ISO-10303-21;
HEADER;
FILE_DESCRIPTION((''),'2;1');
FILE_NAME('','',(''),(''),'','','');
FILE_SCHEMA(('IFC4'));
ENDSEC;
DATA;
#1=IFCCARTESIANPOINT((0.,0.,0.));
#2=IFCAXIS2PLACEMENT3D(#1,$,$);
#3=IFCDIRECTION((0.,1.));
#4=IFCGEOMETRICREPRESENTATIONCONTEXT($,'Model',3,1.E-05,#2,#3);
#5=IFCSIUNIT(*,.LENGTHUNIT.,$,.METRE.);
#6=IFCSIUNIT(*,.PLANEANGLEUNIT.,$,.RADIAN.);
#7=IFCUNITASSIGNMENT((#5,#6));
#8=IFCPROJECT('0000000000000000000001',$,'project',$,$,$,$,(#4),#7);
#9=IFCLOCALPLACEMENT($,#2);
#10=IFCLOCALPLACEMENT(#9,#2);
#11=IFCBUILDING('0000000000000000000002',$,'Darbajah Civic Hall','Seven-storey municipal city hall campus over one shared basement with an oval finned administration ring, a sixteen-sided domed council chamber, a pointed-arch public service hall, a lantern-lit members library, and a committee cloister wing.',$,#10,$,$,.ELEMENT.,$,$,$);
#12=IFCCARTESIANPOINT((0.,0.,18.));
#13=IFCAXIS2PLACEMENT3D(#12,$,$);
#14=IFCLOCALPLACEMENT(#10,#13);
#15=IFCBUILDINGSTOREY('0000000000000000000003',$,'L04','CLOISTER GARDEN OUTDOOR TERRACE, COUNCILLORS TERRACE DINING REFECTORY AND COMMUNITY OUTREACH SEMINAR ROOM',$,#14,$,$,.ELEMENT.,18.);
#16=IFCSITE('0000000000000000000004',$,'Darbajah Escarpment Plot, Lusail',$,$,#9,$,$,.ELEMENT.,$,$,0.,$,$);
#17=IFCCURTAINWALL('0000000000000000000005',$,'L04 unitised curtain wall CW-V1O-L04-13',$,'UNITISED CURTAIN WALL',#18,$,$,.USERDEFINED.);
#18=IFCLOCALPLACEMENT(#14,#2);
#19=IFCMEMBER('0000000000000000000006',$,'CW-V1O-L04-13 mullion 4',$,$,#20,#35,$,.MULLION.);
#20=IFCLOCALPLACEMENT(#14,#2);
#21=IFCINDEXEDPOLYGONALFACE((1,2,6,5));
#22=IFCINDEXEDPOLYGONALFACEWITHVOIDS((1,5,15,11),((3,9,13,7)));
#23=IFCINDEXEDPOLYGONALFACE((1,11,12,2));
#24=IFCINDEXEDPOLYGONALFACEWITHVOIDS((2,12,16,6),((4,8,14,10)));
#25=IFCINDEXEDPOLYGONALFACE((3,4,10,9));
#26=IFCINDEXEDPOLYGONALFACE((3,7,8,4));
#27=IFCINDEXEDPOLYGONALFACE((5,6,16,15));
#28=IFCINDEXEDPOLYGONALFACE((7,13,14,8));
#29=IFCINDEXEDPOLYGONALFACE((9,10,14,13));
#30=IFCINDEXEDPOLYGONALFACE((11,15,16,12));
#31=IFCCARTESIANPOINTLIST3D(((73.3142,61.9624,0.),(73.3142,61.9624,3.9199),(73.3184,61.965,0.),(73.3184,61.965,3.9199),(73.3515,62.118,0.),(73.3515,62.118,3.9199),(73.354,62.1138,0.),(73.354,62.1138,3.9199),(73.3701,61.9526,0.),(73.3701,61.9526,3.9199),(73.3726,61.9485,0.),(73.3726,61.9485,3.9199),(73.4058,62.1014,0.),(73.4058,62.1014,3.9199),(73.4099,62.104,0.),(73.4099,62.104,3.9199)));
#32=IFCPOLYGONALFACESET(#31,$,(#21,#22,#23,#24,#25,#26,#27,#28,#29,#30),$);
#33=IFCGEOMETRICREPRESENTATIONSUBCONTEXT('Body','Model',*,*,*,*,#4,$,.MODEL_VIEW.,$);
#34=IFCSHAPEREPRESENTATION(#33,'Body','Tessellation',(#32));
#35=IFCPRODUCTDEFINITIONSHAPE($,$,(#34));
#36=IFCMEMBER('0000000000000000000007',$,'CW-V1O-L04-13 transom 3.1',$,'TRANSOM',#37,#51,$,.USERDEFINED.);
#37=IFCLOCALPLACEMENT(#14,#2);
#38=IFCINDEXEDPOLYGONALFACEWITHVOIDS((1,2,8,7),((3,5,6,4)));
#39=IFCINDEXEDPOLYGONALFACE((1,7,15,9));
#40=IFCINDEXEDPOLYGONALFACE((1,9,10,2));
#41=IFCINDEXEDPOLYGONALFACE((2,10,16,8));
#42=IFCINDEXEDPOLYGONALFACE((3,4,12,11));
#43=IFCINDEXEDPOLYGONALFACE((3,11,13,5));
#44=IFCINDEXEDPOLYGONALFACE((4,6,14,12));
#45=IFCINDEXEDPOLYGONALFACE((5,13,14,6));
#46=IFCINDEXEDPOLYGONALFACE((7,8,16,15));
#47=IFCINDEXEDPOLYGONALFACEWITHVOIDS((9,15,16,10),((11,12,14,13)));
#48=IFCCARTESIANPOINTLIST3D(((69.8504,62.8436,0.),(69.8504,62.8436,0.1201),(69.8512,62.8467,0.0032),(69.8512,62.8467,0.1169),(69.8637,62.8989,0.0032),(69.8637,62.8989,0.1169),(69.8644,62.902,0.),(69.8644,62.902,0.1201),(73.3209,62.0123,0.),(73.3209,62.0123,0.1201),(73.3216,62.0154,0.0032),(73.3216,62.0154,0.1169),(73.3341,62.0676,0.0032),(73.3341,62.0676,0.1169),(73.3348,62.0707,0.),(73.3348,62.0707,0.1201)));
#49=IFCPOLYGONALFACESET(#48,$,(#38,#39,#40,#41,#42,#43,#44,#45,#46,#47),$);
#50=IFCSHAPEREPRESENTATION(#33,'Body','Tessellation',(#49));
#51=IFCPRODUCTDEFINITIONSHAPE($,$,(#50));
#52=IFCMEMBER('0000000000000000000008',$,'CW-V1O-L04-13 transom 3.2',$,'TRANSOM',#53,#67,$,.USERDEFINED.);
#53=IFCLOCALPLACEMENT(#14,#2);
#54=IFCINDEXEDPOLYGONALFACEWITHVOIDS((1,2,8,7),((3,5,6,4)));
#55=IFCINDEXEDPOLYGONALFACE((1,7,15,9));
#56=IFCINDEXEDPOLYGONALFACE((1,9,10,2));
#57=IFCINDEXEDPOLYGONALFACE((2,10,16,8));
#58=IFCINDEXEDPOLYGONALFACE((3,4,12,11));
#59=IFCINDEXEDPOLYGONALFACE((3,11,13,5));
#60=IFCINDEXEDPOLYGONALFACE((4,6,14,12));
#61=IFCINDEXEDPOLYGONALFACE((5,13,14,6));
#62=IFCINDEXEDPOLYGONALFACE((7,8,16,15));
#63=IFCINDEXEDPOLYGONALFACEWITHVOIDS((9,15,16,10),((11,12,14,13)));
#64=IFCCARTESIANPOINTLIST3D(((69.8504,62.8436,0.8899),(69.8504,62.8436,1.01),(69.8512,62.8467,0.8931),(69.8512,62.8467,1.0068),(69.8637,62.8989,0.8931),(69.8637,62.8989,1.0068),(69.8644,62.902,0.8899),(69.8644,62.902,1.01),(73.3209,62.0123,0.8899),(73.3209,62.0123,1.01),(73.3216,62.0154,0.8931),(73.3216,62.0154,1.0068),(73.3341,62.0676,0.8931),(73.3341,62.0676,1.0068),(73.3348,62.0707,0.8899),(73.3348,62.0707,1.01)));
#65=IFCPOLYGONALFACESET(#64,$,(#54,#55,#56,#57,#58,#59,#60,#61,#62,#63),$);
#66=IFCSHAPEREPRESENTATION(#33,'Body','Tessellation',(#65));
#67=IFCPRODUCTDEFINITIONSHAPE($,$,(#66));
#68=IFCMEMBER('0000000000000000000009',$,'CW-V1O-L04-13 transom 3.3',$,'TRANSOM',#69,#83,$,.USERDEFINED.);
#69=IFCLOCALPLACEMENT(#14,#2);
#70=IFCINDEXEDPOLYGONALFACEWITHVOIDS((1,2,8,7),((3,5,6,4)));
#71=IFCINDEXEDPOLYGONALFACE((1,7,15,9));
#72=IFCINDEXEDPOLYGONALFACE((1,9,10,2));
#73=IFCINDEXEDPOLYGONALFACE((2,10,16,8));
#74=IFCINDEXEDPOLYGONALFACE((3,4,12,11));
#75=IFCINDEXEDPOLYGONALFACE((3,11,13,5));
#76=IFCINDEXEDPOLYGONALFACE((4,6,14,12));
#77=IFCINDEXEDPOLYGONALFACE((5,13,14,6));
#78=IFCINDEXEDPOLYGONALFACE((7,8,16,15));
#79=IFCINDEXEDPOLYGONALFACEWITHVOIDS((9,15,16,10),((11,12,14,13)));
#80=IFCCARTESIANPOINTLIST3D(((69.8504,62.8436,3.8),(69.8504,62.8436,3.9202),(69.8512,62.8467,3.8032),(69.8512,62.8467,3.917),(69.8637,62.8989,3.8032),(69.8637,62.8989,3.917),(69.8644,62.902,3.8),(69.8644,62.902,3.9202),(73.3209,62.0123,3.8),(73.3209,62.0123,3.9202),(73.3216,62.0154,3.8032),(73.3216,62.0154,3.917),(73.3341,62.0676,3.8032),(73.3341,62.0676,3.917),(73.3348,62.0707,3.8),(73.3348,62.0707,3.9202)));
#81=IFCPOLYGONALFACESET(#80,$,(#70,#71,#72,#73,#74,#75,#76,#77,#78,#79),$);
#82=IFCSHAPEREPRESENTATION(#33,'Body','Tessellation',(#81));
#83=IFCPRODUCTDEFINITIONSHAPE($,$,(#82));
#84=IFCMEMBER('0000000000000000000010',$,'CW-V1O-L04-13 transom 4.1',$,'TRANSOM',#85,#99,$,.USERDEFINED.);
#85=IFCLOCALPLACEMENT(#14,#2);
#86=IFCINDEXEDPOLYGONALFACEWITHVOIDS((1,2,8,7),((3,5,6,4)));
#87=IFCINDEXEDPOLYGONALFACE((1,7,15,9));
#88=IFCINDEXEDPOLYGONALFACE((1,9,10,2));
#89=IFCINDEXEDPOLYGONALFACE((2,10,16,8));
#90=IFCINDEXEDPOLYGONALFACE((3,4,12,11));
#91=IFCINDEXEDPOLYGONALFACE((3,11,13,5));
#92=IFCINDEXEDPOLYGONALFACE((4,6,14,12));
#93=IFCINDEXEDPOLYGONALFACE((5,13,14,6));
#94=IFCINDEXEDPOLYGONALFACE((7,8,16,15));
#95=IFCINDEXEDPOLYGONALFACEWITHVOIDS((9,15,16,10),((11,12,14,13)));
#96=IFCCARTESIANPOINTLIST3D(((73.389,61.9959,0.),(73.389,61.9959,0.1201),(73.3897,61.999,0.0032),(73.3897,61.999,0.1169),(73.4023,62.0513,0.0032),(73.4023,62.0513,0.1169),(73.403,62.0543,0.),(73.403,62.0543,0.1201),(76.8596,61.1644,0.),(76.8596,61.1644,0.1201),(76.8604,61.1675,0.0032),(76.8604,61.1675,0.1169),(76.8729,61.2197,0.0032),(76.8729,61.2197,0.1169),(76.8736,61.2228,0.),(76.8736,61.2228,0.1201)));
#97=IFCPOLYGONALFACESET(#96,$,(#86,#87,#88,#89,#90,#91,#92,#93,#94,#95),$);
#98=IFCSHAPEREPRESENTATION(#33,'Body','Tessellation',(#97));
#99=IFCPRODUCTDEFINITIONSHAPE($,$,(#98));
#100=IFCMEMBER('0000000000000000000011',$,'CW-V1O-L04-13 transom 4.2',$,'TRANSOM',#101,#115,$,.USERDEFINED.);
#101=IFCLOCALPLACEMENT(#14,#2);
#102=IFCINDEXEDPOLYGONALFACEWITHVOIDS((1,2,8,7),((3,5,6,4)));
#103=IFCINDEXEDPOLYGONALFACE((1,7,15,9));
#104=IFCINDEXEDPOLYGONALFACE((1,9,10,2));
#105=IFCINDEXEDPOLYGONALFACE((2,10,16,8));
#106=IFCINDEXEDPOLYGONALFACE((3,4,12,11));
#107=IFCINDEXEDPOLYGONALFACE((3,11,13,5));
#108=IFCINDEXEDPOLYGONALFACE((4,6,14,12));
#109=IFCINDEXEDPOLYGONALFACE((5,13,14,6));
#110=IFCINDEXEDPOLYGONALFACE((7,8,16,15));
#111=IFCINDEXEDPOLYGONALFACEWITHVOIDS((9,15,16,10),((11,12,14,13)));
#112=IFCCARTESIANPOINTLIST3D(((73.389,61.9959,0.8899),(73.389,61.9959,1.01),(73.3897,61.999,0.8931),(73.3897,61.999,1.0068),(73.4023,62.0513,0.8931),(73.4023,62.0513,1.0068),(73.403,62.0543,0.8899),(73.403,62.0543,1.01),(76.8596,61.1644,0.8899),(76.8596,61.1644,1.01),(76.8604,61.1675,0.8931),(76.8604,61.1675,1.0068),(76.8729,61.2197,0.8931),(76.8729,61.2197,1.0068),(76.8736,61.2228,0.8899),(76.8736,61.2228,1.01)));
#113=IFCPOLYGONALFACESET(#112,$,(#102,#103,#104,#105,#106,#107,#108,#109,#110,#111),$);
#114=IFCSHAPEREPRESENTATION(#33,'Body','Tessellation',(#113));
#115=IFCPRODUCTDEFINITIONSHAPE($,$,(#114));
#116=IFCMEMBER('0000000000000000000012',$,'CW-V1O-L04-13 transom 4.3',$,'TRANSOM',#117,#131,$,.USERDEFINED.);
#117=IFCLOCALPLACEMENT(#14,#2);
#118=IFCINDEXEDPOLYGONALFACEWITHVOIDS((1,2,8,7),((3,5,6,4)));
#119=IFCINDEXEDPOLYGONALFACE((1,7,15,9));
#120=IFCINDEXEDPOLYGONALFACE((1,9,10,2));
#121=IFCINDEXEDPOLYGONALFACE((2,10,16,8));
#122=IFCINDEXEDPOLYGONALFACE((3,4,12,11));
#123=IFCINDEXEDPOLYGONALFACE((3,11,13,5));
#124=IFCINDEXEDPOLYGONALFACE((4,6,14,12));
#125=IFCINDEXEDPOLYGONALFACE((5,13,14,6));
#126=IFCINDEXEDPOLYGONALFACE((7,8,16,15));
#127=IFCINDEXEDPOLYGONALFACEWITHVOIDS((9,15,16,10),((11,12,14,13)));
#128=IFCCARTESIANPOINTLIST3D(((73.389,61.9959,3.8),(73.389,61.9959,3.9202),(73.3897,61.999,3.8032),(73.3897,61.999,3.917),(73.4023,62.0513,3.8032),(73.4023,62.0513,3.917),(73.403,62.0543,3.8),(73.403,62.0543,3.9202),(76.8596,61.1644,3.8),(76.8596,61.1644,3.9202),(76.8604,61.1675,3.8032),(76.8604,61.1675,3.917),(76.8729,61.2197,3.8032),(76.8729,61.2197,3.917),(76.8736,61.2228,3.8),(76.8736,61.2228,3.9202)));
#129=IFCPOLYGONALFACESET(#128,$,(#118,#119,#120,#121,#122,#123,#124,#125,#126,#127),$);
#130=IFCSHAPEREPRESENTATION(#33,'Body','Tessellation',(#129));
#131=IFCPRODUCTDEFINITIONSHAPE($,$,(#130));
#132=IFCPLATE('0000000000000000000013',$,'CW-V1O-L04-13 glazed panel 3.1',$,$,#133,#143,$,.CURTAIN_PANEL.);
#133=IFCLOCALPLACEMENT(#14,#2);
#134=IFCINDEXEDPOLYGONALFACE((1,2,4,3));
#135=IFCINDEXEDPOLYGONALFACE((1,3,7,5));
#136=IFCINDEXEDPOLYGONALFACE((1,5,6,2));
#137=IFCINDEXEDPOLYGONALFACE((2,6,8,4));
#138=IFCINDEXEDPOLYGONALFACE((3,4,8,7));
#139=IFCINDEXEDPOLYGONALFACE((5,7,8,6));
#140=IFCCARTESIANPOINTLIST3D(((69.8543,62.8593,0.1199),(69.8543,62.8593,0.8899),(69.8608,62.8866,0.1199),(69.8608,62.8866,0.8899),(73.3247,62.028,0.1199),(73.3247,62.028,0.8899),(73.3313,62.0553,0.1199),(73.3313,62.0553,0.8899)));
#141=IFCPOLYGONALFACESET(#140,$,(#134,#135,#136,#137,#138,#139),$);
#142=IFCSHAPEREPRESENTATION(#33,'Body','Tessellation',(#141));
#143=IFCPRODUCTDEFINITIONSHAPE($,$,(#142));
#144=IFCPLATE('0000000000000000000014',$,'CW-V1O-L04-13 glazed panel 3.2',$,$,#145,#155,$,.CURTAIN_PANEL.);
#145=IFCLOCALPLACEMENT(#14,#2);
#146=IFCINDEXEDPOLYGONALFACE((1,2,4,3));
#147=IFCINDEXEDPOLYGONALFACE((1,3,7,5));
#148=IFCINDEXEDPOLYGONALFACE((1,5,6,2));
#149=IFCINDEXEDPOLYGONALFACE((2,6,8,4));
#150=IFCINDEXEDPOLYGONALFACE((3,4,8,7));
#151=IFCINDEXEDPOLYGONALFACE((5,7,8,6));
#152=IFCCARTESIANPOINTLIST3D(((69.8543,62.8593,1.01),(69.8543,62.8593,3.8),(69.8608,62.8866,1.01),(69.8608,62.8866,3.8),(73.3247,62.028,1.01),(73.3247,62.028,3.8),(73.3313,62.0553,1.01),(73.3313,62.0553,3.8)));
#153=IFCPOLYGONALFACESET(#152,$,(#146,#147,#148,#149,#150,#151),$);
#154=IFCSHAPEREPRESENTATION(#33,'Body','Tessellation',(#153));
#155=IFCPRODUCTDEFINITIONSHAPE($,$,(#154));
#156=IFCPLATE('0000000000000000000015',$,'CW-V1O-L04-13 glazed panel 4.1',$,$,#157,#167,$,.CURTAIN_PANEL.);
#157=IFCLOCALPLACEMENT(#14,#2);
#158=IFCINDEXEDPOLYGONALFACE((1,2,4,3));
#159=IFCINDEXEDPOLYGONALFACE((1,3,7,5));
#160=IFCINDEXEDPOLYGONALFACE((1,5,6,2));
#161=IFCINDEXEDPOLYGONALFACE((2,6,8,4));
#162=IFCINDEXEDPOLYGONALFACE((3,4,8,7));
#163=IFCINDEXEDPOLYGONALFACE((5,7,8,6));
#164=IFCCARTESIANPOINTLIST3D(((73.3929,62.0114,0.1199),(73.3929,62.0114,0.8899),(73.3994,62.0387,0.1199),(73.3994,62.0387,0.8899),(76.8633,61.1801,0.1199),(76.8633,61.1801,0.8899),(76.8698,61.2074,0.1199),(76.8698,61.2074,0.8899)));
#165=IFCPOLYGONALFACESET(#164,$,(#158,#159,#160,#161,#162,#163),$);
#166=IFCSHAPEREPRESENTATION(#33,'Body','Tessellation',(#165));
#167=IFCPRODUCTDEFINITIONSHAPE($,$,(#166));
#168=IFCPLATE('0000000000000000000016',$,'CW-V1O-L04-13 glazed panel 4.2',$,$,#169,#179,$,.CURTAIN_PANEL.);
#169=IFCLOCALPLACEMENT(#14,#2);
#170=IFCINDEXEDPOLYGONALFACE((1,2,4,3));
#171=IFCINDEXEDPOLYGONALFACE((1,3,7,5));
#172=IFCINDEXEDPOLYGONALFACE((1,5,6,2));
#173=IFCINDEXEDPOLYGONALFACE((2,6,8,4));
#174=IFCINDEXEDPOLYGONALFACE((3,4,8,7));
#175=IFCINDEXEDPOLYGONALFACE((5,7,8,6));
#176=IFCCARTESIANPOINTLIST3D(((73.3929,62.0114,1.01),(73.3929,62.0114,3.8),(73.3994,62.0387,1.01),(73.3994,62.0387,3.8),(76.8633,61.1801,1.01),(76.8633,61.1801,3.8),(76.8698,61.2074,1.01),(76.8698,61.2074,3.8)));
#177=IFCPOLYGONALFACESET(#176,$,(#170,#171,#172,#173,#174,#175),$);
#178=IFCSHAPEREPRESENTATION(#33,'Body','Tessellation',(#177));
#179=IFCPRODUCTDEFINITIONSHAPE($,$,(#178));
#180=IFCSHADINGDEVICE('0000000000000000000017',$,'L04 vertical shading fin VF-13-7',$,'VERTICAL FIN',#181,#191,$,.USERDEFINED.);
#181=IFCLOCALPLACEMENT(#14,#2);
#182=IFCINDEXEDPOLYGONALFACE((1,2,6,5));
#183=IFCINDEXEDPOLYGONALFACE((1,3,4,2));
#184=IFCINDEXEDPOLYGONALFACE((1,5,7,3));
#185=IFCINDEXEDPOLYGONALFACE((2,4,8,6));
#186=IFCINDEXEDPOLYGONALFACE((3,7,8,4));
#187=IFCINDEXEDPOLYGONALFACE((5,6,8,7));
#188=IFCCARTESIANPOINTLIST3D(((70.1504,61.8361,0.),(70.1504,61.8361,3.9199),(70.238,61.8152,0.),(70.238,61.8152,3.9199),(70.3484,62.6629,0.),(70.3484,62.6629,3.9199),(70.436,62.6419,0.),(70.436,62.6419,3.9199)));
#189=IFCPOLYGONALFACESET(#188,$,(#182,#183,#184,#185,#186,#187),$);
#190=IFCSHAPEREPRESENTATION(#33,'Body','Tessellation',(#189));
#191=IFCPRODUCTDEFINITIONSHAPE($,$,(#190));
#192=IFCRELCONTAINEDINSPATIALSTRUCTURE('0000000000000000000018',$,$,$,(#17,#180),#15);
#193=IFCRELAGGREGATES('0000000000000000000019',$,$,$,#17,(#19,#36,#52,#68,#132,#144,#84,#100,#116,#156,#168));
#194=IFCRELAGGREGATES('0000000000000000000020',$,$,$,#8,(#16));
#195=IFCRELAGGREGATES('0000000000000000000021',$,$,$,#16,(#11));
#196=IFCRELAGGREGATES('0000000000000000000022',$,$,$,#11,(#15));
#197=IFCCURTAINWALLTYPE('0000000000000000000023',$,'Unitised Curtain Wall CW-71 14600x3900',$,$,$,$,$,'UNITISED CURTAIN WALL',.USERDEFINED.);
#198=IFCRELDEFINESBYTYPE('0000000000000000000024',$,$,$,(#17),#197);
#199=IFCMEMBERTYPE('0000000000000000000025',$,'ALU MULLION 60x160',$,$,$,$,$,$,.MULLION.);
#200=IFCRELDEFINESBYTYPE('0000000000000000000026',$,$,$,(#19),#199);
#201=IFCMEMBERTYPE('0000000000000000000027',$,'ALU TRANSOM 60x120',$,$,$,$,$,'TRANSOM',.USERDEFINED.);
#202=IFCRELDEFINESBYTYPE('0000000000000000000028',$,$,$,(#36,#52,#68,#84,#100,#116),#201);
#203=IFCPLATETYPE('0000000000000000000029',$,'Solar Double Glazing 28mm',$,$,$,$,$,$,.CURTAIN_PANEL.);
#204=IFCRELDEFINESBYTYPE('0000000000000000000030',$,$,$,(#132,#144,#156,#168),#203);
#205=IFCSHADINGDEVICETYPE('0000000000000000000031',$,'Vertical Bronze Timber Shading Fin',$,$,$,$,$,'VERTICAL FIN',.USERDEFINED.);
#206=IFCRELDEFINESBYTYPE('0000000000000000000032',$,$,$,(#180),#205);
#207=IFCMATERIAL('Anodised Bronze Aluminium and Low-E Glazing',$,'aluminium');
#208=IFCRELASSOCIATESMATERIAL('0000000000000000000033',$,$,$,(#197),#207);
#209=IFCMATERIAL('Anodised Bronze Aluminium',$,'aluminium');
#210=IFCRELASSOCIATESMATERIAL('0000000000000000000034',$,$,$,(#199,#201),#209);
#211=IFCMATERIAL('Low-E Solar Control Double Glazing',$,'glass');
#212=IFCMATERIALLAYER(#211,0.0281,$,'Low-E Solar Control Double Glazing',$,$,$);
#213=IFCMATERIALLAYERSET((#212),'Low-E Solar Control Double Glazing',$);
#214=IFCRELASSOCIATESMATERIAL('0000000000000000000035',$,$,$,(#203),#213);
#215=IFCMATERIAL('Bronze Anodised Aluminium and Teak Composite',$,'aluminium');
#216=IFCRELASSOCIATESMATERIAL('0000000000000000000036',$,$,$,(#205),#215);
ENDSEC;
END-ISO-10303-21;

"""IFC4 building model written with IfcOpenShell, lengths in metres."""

from ifc_helpers import new_model, si_unit, direction, frame, origin, origin_2d, place, context, subcontext, project, spatial, rectangle, hollow_rectangle, extrude, material, layer, layer_set, material_profile, profile_set, type_object, element, aggregate, save


model = new_model("IFC4")

# Units and contexts
model_context = context("Model", 3, precision=1e-05, world=origin(), true_north=direction((0.0, 1.0)))
body_context = subcontext(model_context, "Body", "Model", "MODEL_VIEW")
ifc_project = project(units=[si_unit("LENGTHUNIT", "METRE"), si_unit("PLANEANGLEUNIT", "RADIAN")], contexts=[model_context])

# Site, building, storey
site_placement = place(None, origin())
site = spatial("IfcSite", under=ifc_project, at=site_placement, Name="Darbajah Escarpment Plot, Lusail", CompositionType="ELEMENT", RefElevation=0.0)
building_placement = place(site_placement, origin())
building = spatial("IfcBuilding", under=site, at=building_placement, Name="Darbajah Civic Hall", Description="Seven-storey municipal city hall campus over one shared basement with an oval finned administration ring, a sixteen-sided domed council chamber, a pointed-arch public service hall, a lantern-lit members library, and a committee cloister wing.", CompositionType="ELEMENT")
storey_placement = place(building_placement, frame((0.0, 0.0, 18.0)))
storey = spatial("IfcBuildingStorey", under=building, at=storey_placement, Name="L04", Description="CLOISTER GARDEN OUTDOOR TERRACE, COUNCILLORS TERRACE DINING REFECTORY AND COMMUNITY OUTREACH SEMINAR ROOM", CompositionType="ELEMENT", Elevation=18.0)

# Curtain wall, members, plates
ifc_material_1 = material(Name="Anodised Bronze Aluminium and Low-E Glazing", Category="aluminium")
curtain_wall_type = type_object("IfcCurtainWallType", Name="Unitised Curtain Wall CW-71 14600x3900", ElementType="UNITISED CURTAIN WALL", PredefinedType="USERDEFINED", material=ifc_material_1)
curtain_wall_placement = place(storey_placement, origin())
curtain_wall = element("IfcCurtainWall", 1, at=curtain_wall_placement, inside=storey, type_object=curtain_wall_type, Name="L04 unitised curtain wall CW-V1O-L04-13", ObjectType="UNITISED CURTAIN WALL", PredefinedType="USERDEFINED")
ifc_material_2 = material(Name="Anodised Bronze Aluminium", Category="aluminium")
ifc_material_profile_1 = material_profile(ifc_material_2, hollow_rectangle(XDim=0.0601, YDim=0.1599, WallThickness=0.0034, at=origin_2d()), Name="ALU MULLION 60x160")
ifc_profile_set_1 = profile_set([ifc_material_profile_1], Name="Anodised Bronze Aluminium")
member_type_1 = type_object("IfcMemberType", Name="ALU MULLION 60x160", PredefinedType="MULLION", material=ifc_profile_set_1)
member_1_placement = place(storey_placement, frame((73.3621, 62.0332, 0.0), z_axis=(0.0, 0.0, 1.0), x_axis=(0.972492, -0.232936, 0.0)))
member_1 = element("IfcMember", 2, at=member_1_placement, type_object=member_type_1, Name="CW-V1O-L04-13 mullion 4", PredefinedType="MULLION", context=body_context, shape_type="SweptSolid", body=[
    extrude(hollow_rectangle(XDim=0.0601, YDim=0.1599, WallThickness=0.0034, at=origin_2d()), origin(), (0.0, 0.0, 1.0), 3.9199),
])
ifc_material_profile_2 = material_profile(ifc_material_2, hollow_rectangle(XDim=0.0601, YDim=0.1201, WallThickness=0.0032, at=origin_2d()), Name="ALU TRANSOM 60x120")
ifc_profile_set_2 = profile_set([ifc_material_profile_2], Name="Anodised Bronze Aluminium")
member_type_2 = type_object("IfcMemberType", Name="ALU TRANSOM 60x120", ElementType="TRANSOM", PredefinedType="USERDEFINED", material=ifc_profile_set_2)
member_2_placement = place(storey_placement, frame((69.8574, 62.8728, 0.0601), z_axis=(0.97249, -0.232946, 0.0), x_axis=(0.232946, 0.97249, 0.0)))
member_2 = element("IfcMember", 3, at=member_2_placement, type_object=member_type_2, Name="CW-V1O-L04-13 transom 3.1", ObjectType="TRANSOM", PredefinedType="USERDEFINED", context=body_context, shape_type="SweptSolid", body=[
    extrude(hollow_rectangle(XDim=0.0601, YDim=0.1201, WallThickness=0.0032, at=origin_2d()), origin(), (0.0, 0.0, 1.0), 3.5686),
])
member_3_placement = place(storey_placement, frame((69.8574, 62.8728, 0.95), z_axis=(0.97249, -0.232946, 0.0), x_axis=(0.232946, 0.97249, 0.0)))
member_3 = element("IfcMember", 4, at=member_3_placement, type_object=member_type_2, Name="CW-V1O-L04-13 transom 3.2", ObjectType="TRANSOM", PredefinedType="USERDEFINED", context=body_context, shape_type="SweptSolid", body=[
    extrude(hollow_rectangle(XDim=0.0601, YDim=0.1201, WallThickness=0.0032, at=origin_2d()), origin(), (0.0, 0.0, 1.0), 3.5686),
])
member_4_placement = place(storey_placement, frame((69.8574, 62.8728, 3.8601), z_axis=(0.97249, -0.232946, 0.0), x_axis=(0.232946, 0.97249, 0.0)))
member_4 = element("IfcMember", 5, at=member_4_placement, type_object=member_type_2, Name="CW-V1O-L04-13 transom 3.3", ObjectType="TRANSOM", PredefinedType="USERDEFINED", context=body_context, shape_type="SweptSolid", body=[
    extrude(hollow_rectangle(XDim=0.0601, YDim=0.1201, WallThickness=0.0032, at=origin_2d()), origin(), (0.0, 0.0, 1.0), 3.5686),
])
member_5_placement = place(storey_placement, frame((73.396, 62.0251, 0.0601), z_axis=(0.972478, -0.232995, 0.0), x_axis=(0.232995, 0.972478, 0.0)))
member_5 = element("IfcMember", 6, at=member_5_placement, type_object=member_type_2, Name="CW-V1O-L04-13 transom 4.1", ObjectType="TRANSOM", PredefinedType="USERDEFINED", context=body_context, shape_type="SweptSolid", body=[
    extrude(hollow_rectangle(XDim=0.0601, YDim=0.1201, WallThickness=0.0032, at=origin_2d()), origin(), (0.0, 0.0, 1.0), 3.5688),
])
member_6_placement = place(storey_placement, frame((73.396, 62.0251, 0.95), z_axis=(0.972478, -0.232995, 0.0), x_axis=(0.232995, 0.972478, 0.0)))
member_6 = element("IfcMember", 7, at=member_6_placement, type_object=member_type_2, Name="CW-V1O-L04-13 transom 4.2", ObjectType="TRANSOM", PredefinedType="USERDEFINED", context=body_context, shape_type="SweptSolid", body=[
    extrude(hollow_rectangle(XDim=0.0601, YDim=0.1201, WallThickness=0.0032, at=origin_2d()), origin(), (0.0, 0.0, 1.0), 3.5688),
])
member_7_placement = place(storey_placement, frame((73.396, 62.0251, 3.8601), z_axis=(0.972478, -0.232995, 0.0), x_axis=(0.232995, 0.972478, 0.0)))
member_7 = element("IfcMember", 8, at=member_7_placement, type_object=member_type_2, Name="CW-V1O-L04-13 transom 4.3", ObjectType="TRANSOM", PredefinedType="USERDEFINED", context=body_context, shape_type="SweptSolid", body=[
    extrude(hollow_rectangle(XDim=0.0601, YDim=0.1201, WallThickness=0.0032, at=origin_2d()), origin(), (0.0, 0.0, 1.0), 3.5688),
])
ifc_material_3 = material(Name="Low-E Solar Control Double Glazing", Category="glass")
ifc_layer = layer(ifc_material_3, 0.0281, Name="Low-E Solar Control Double Glazing")
ifc_layer_set = layer_set([ifc_layer], Name="Low-E Solar Control Double Glazing")
plate_type = type_object("IfcPlateType", Name="Solar Double Glazing 28mm", PredefinedType="CURTAIN_PANEL", material=ifc_layer_set)
plate_1_placement = place(storey_placement, frame((71.5928, 62.4573, 0.1199), z_axis=(0.0, 0.0, 1.0), x_axis=(0.972492, -0.232936, 0.0)))
plate_1 = element("IfcPlate", 9, at=plate_1_placement, type_object=plate_type, Name="CW-V1O-L04-13 glazed panel 3.1", PredefinedType="CURTAIN_PANEL", context=body_context, shape_type="SweptSolid", body=[
    extrude(rectangle(XDim=3.5686, YDim=0.0281, at=origin_2d()), origin(), (0.0, 0.0, 1.0), 0.77),
])
plate_2_placement = place(storey_placement, frame((71.5928, 62.4573, 1.01), z_axis=(0.0, 0.0, 1.0), x_axis=(0.972492, -0.232936, 0.0)))
plate_2 = element("IfcPlate", 10, at=plate_2_placement, type_object=plate_type, Name="CW-V1O-L04-13 glazed panel 3.2", PredefinedType="CURTAIN_PANEL", context=body_context, shape_type="SweptSolid", body=[
    extrude(rectangle(XDim=3.5686, YDim=0.0281, at=origin_2d()), origin(), (0.0, 0.0, 1.0), 2.79),
])
plate_3_placement = place(storey_placement, frame((75.1313, 61.6094, 0.1199), z_axis=(0.0, 0.0, 1.0), x_axis=(0.972492, -0.232936, 0.0)))
plate_3 = element("IfcPlate", 11, at=plate_3_placement, type_object=plate_type, Name="CW-V1O-L04-13 glazed panel 4.1", PredefinedType="CURTAIN_PANEL", context=body_context, shape_type="SweptSolid", body=[
    extrude(rectangle(XDim=3.5686, YDim=0.0281, at=origin_2d()), origin(), (0.0, 0.0, 1.0), 0.77),
])
plate_4_placement = place(storey_placement, frame((75.1313, 61.6094, 1.01), z_axis=(0.0, 0.0, 1.0), x_axis=(0.972492, -0.232936, 0.0)))
plate_4 = element("IfcPlate", 12, at=plate_4_placement, type_object=plate_type, Name="CW-V1O-L04-13 glazed panel 4.2", PredefinedType="CURTAIN_PANEL", context=body_context, shape_type="SweptSolid", body=[
    extrude(rectangle(XDim=3.5686, YDim=0.0281, at=origin_2d()), origin(), (0.0, 0.0, 1.0), 2.79),
])
aggregate(curtain_wall, [member_1, member_2, member_3, member_4, plate_1, plate_2, member_5, member_6, member_7, plate_3, plate_4])

# Shading device
ifc_material_4 = material(Name="Bronze Anodised Aluminium and Teak Composite", Category="aluminium")
shading_device_type = type_object("IfcShadingDeviceType", Name="Vertical Bronze Timber Shading Fin", ElementType="VERTICAL FIN", PredefinedType="USERDEFINED", material=ifc_material_4)
for number, where, z_axis, x_axis, name in (
    (13, (70.2932, 62.239, 0.0), (0.0, 0.0, 1.0), (-0.232936, -0.972492, 0.0), "L04 vertical shading fin VF-13-7"),
):
    element("IfcShadingDevice", number, at=place(storey_placement, frame(where, z_axis=z_axis, x_axis=x_axis)), inside=storey, type_object=shading_device_type, Name=name, ObjectType="VERTICAL FIN", PredefinedType="USERDEFINED", context=body_context, shape_type="SweptSolid", body=[
        extrude(rectangle(XDim=0.8501, YDim=0.0901, at=origin_2d()), origin(), (0.0, 0.0, 1.0), 3.9199),
    ])

save(model, "model.ifc")
